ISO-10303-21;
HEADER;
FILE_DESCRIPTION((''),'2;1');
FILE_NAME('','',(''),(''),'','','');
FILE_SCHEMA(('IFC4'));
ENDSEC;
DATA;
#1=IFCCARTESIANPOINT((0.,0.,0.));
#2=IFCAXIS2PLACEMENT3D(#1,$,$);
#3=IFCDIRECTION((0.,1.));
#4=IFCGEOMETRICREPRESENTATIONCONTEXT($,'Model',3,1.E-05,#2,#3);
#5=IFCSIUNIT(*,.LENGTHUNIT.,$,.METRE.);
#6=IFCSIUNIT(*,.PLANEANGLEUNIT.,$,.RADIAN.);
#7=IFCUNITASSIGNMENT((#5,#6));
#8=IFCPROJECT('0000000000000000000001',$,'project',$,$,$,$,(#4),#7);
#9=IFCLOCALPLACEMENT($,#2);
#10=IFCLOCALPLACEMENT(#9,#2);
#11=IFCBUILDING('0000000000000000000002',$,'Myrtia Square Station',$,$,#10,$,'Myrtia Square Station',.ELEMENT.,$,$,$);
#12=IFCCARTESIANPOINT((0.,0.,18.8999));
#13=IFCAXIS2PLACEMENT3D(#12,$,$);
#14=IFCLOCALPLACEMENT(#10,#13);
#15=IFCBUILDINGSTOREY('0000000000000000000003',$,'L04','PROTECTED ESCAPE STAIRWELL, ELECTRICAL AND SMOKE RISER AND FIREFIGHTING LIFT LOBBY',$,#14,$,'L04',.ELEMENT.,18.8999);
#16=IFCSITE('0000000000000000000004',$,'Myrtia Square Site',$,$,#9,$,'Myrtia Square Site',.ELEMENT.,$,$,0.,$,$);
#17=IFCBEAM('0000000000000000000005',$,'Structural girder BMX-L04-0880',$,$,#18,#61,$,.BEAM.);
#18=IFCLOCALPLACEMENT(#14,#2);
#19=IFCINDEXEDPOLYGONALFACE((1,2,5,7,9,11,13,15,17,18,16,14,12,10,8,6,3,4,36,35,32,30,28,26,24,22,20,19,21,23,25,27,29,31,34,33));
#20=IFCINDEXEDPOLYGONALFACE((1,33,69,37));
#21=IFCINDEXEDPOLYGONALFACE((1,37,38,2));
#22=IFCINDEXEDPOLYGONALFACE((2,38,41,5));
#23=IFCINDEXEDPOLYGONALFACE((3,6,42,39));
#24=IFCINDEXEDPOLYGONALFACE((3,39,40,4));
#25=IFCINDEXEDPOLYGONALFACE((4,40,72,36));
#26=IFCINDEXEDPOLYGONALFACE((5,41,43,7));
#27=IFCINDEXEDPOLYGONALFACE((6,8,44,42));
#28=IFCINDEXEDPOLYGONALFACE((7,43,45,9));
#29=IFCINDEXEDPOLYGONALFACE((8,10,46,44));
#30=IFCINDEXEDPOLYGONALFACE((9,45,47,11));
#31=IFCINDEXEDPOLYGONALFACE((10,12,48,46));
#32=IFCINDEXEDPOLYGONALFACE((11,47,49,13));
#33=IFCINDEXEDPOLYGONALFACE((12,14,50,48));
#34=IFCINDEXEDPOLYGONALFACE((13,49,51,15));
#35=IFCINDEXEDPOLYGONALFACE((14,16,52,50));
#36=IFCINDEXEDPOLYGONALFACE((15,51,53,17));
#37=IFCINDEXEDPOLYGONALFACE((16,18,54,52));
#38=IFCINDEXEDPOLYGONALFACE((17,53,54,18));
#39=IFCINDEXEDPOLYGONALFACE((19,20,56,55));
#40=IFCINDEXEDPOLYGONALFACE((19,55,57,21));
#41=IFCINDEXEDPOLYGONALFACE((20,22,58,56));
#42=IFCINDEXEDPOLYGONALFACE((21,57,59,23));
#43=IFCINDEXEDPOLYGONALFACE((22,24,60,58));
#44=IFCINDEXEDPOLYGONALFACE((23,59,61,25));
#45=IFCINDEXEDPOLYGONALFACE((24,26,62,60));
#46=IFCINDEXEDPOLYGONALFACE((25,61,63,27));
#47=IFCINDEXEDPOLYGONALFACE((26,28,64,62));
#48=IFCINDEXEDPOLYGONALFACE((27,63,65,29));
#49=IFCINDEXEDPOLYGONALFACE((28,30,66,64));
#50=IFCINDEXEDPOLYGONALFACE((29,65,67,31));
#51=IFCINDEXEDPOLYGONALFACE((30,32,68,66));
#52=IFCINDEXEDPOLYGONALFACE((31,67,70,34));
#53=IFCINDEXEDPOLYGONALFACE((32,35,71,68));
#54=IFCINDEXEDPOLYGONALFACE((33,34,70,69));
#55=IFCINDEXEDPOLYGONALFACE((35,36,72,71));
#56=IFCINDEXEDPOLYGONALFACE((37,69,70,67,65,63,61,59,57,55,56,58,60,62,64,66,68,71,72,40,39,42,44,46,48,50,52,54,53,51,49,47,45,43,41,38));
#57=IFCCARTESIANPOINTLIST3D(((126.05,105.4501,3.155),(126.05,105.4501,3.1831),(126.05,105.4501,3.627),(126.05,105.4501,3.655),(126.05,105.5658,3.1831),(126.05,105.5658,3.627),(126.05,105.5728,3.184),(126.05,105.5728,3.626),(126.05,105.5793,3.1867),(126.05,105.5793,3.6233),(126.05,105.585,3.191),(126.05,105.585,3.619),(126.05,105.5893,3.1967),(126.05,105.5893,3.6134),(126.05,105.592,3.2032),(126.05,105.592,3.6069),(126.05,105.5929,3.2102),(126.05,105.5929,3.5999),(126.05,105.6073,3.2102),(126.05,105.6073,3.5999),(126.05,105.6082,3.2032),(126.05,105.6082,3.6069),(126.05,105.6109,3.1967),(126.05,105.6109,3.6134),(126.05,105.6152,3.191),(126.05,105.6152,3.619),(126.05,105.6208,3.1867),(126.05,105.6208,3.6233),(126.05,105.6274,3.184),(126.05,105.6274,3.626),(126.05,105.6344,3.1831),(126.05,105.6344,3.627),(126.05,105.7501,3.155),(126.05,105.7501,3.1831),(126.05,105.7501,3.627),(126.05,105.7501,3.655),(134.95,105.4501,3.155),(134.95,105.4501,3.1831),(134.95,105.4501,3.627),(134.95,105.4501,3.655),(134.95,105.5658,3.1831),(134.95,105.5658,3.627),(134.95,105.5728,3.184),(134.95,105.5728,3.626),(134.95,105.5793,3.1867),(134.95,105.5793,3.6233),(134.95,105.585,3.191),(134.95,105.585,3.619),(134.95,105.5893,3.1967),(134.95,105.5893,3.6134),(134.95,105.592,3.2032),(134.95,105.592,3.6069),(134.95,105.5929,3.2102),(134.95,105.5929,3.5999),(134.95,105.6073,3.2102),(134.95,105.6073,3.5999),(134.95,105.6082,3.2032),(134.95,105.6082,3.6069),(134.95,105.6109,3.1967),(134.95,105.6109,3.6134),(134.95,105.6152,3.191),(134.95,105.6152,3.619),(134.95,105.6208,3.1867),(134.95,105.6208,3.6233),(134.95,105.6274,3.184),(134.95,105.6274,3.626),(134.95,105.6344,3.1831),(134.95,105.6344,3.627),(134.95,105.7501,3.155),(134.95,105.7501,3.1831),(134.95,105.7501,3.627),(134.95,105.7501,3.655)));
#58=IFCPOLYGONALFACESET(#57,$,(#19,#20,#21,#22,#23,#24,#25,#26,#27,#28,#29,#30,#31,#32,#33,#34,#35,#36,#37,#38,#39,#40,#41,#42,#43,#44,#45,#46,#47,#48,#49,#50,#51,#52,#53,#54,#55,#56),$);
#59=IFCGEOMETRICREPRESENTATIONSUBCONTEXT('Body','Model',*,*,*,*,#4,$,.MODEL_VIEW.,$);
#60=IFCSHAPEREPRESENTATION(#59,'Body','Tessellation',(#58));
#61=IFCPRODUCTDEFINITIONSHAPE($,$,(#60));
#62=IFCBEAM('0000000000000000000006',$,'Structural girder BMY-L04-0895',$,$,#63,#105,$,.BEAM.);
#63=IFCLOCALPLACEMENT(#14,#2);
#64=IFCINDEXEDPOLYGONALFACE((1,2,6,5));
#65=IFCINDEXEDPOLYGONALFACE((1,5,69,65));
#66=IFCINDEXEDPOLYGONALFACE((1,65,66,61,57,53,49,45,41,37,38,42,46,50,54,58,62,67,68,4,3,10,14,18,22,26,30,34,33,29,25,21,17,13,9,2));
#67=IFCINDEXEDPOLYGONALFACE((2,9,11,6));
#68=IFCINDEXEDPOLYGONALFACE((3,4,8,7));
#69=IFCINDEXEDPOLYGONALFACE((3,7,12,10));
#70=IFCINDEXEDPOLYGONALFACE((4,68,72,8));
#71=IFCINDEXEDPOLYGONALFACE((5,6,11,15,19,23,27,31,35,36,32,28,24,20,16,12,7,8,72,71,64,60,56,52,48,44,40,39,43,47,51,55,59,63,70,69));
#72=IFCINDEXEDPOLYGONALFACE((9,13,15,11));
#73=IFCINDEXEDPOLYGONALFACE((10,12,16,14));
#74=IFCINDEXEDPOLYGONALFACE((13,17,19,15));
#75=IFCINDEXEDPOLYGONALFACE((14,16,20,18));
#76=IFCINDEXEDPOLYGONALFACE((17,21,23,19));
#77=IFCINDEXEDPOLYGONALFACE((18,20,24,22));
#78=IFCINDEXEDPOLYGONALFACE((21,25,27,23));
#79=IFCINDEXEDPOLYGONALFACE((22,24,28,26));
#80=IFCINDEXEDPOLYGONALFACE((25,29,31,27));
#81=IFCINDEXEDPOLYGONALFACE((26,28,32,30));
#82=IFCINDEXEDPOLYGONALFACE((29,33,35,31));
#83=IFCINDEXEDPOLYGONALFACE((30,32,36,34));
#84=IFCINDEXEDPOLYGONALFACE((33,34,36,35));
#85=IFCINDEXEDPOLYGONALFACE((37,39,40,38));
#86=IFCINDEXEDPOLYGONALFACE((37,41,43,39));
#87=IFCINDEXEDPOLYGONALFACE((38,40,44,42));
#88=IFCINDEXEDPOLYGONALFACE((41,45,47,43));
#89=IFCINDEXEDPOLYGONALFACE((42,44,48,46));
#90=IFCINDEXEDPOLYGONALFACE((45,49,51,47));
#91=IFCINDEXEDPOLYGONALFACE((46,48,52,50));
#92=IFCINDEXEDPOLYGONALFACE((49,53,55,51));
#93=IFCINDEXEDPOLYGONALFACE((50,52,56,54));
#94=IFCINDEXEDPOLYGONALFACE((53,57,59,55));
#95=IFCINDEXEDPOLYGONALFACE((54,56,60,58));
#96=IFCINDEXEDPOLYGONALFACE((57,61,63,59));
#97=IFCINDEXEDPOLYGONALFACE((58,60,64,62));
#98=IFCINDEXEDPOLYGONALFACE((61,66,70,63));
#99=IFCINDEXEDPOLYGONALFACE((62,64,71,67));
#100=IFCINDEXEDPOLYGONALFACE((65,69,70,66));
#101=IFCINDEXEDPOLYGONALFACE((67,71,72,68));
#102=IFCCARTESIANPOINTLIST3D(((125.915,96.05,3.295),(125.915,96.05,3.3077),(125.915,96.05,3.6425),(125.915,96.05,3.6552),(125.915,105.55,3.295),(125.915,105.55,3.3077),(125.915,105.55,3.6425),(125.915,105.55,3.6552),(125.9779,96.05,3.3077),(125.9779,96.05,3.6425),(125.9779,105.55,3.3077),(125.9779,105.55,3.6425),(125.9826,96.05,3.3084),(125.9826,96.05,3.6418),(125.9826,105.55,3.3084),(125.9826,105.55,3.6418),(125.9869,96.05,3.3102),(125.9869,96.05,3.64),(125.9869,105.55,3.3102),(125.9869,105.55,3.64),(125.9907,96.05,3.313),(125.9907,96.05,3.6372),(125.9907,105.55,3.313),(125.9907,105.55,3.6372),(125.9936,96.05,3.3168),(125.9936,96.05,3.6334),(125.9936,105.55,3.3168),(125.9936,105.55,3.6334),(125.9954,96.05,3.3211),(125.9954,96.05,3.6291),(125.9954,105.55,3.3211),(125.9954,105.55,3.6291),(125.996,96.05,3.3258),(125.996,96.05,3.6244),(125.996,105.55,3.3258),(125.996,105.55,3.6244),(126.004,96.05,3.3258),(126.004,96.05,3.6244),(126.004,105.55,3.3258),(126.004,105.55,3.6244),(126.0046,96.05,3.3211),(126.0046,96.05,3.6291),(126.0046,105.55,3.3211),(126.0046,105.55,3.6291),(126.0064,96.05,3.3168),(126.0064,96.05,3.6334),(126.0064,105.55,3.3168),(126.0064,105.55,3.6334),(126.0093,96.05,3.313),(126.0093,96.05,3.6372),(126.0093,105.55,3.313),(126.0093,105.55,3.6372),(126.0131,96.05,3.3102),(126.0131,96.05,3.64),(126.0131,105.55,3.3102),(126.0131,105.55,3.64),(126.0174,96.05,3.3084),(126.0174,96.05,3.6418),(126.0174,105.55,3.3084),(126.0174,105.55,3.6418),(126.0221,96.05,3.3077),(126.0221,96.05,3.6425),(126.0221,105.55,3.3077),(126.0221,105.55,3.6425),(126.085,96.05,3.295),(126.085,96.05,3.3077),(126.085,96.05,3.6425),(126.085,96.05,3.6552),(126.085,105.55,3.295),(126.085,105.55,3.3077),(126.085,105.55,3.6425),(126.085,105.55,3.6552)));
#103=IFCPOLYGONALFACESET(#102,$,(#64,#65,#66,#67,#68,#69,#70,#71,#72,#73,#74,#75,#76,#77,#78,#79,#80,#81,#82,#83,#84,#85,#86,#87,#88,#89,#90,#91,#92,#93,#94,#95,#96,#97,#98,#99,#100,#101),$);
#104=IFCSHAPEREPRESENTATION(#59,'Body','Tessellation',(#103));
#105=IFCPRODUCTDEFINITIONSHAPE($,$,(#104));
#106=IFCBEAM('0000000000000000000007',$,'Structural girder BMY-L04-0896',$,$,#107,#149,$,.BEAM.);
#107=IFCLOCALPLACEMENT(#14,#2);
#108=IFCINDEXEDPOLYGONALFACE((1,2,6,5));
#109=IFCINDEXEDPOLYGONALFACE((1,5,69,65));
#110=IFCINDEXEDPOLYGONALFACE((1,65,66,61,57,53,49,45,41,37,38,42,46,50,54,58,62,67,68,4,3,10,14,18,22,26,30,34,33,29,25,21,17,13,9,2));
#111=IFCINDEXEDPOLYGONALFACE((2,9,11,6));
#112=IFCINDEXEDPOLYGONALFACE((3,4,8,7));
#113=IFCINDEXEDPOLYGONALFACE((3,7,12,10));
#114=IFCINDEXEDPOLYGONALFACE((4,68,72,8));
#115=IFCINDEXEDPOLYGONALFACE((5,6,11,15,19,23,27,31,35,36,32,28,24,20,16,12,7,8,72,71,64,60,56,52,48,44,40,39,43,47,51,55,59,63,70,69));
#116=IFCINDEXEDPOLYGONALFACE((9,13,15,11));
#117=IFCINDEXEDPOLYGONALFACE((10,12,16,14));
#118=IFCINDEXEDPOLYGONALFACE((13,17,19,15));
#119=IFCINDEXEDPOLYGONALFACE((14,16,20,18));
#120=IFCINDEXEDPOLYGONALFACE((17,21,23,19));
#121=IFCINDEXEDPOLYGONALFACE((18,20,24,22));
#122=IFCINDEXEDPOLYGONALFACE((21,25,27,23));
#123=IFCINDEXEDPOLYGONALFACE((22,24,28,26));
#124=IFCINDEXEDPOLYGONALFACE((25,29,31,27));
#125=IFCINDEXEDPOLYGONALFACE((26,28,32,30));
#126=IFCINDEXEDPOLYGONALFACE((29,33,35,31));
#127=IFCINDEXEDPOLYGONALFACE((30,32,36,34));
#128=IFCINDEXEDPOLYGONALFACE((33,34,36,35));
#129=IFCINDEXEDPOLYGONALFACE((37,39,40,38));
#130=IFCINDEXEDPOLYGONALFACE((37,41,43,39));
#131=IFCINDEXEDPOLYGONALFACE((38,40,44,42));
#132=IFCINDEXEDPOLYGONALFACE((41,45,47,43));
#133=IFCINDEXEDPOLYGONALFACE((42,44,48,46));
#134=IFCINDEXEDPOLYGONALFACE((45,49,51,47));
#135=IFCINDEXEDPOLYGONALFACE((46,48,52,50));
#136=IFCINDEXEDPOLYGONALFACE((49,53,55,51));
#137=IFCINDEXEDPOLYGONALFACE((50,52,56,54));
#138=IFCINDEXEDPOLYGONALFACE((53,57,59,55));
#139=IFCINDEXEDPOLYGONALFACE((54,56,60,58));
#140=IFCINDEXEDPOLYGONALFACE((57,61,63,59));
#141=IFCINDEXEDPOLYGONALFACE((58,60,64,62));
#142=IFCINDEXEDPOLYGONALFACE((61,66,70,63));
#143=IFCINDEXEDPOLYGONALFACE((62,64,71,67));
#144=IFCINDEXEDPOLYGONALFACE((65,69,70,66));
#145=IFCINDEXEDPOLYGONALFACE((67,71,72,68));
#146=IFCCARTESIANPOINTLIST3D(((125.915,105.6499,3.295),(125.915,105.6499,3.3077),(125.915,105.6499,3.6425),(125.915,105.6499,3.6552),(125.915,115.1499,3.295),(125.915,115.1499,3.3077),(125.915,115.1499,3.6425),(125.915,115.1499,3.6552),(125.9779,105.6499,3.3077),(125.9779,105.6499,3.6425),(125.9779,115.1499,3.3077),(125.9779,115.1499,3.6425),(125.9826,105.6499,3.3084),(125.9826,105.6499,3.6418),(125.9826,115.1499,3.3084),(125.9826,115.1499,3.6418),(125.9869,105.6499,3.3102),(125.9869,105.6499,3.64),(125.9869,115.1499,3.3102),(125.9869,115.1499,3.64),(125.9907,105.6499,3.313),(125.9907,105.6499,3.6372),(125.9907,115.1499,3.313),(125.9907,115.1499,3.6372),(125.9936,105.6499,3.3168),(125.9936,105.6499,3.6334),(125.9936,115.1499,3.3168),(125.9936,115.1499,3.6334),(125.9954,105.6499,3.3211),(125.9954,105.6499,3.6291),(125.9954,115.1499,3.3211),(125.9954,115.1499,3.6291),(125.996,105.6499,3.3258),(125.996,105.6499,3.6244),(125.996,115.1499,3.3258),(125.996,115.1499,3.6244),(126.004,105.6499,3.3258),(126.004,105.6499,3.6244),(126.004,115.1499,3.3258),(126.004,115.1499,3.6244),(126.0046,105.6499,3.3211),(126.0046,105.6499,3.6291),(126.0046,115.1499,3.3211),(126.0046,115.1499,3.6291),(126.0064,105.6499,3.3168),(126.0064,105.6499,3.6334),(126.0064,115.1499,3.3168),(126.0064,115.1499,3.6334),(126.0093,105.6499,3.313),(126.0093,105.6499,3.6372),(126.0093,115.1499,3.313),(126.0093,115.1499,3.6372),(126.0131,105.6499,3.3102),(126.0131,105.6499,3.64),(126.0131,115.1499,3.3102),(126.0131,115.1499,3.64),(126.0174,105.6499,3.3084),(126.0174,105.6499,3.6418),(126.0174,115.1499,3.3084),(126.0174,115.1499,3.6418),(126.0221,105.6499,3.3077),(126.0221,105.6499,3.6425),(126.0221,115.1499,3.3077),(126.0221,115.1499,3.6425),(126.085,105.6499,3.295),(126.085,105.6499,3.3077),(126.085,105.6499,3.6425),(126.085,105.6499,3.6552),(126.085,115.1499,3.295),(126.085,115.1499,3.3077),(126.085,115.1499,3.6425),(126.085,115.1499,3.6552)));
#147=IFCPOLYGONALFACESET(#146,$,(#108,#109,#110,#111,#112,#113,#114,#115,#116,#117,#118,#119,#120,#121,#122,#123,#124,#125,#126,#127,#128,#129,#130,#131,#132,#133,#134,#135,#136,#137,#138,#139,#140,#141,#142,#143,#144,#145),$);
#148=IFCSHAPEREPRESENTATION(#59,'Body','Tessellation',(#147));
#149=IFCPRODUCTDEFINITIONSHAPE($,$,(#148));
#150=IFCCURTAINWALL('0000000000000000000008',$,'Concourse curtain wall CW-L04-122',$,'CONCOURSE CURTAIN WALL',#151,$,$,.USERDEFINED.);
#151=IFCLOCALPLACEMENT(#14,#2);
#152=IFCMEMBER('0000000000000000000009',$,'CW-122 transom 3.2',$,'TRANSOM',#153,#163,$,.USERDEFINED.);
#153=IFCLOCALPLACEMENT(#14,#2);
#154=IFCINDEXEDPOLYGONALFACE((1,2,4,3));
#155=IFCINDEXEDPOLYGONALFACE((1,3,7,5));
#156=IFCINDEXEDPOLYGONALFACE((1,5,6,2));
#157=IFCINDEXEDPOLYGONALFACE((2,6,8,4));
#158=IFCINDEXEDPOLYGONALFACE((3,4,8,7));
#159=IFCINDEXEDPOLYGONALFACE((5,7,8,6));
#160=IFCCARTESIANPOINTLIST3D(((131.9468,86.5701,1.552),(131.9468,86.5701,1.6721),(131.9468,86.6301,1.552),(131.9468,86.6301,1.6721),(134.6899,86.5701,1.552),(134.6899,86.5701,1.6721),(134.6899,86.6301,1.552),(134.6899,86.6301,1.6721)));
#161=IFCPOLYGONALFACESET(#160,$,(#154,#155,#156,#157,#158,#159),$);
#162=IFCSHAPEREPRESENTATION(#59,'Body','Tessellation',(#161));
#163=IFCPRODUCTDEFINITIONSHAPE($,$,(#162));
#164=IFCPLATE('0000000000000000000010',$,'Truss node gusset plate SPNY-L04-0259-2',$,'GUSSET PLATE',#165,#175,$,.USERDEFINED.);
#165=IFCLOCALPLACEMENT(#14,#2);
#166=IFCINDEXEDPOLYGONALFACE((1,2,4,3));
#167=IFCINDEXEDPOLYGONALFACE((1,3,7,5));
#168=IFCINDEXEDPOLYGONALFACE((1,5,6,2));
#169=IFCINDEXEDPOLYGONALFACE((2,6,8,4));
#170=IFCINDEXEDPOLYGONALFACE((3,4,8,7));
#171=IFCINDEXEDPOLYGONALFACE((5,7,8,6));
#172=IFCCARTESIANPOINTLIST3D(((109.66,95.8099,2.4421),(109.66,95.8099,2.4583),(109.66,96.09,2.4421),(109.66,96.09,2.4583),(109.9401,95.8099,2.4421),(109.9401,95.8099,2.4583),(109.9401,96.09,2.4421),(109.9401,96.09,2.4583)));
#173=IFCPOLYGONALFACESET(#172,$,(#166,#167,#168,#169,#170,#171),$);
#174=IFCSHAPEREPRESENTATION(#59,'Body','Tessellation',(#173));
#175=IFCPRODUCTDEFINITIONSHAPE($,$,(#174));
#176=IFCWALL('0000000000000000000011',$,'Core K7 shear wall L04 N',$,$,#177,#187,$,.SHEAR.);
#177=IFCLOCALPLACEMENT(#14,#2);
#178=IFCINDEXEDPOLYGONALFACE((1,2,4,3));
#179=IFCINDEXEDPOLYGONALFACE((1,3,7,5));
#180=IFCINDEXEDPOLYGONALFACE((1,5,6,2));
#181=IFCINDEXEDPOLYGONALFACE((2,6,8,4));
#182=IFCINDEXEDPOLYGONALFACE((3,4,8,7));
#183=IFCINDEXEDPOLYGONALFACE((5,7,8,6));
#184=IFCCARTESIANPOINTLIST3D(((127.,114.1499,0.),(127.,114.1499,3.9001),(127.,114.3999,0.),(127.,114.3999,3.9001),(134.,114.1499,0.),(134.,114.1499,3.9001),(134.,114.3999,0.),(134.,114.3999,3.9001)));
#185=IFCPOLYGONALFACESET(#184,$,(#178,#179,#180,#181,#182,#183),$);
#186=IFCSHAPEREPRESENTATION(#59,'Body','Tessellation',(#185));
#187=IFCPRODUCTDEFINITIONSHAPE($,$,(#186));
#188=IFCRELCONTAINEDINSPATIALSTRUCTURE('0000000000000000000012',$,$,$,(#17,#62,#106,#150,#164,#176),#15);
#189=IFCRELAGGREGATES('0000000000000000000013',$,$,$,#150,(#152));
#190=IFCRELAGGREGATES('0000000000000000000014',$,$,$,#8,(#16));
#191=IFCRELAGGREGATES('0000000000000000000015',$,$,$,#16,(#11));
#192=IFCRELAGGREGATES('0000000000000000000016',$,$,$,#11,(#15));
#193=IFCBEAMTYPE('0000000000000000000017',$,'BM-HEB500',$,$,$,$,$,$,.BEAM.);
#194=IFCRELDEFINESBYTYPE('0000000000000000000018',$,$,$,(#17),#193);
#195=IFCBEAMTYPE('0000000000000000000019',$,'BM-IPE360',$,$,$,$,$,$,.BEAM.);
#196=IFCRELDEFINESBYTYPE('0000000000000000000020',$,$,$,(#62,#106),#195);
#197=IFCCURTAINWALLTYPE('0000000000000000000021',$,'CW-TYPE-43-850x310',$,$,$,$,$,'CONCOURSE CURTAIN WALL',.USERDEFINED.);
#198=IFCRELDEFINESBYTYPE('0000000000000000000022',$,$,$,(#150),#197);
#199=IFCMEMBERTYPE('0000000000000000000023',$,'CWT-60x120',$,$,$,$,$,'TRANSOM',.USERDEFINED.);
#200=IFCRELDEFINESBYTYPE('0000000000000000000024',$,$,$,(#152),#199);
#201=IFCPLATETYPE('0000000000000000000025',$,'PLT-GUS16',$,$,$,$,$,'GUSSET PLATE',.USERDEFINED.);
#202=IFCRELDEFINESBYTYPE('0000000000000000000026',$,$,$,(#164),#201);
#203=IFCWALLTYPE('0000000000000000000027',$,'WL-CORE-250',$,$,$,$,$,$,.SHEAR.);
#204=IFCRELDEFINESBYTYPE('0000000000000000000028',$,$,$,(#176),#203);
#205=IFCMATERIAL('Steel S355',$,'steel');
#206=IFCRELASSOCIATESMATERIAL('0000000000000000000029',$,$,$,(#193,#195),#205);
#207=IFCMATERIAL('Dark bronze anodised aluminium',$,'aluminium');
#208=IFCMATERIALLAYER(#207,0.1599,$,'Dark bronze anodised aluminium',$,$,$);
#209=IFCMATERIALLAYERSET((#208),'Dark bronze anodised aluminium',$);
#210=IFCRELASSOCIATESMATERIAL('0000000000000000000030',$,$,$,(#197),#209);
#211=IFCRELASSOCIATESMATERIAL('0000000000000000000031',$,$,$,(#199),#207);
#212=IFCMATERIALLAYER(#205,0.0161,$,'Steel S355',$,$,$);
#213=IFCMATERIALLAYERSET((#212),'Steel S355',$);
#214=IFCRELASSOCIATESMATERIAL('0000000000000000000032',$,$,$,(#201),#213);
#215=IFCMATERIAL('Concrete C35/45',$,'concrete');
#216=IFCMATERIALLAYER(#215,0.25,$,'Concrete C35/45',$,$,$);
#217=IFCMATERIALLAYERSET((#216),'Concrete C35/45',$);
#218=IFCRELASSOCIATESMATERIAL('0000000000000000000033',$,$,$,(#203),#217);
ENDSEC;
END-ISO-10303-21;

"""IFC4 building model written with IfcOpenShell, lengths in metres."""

from ifc_helpers import new_model, si_unit, direction, frame, frame_2d, origin, origin_2d, place, context, subcontext, project, spatial, rectangle, i_section, extrude, material, layer, layer_set, material_profile, profile_set, type_object, element, aggregate, save


model = new_model("IFC4")

# Units and contexts
model_context = context("Model", 3, precision=1e-05, world=origin(), true_north=direction((0.0, 1.0)))
body_context = subcontext(model_context, "Body", "Model", "MODEL_VIEW")
ifc_project = project(units=[si_unit("LENGTHUNIT", "METRE"), si_unit("PLANEANGLEUNIT", "RADIAN")], contexts=[model_context])

# Site, building, storey
site_placement = place(None, origin())
site = spatial("IfcSite", under=ifc_project, at=site_placement, Name="Myrtia Square Site", LongName="Myrtia Square Site", CompositionType="ELEMENT", RefElevation=0.0)
building_placement = place(site_placement, origin())
building = spatial("IfcBuilding", under=site, at=building_placement, Name="Myrtia Square Station", LongName="Myrtia Square Station", CompositionType="ELEMENT")
storey_placement = place(building_placement, frame((0.0, 0.0, 18.8999)))
storey = spatial("IfcBuildingStorey", under=building, at=storey_placement, Name="L04", Description="PROTECTED ESCAPE STAIRWELL, ELECTRICAL AND SMOKE RISER AND FIREFIGHTING LIFT LOBBY", LongName="L04", CompositionType="ELEMENT", Elevation=18.8999)

# Shared definitions
ifc_material_1 = material(Name="Steel S355", Category="steel")

# Beams
ifc_material_profile_1 = material_profile(ifc_material_1, i_section(OverallWidth=0.3, OverallDepth=0.5, WebThickness=0.0144, FlangeThickness=0.0281, FilletRadius=0.0271, at=origin_2d()), Name="HEB 500")
ifc_profile_set_1 = profile_set([ifc_material_profile_1], Name="Steel S355")
beam_type_1 = type_object("IfcBeamType", Name="BM-HEB500", PredefinedType="BEAM", material=ifc_profile_set_1)
beam_1_placement = place(storey_placement, frame((126.05, 105.6001, 3.405), z_axis=(1.0, 0.0, 0.0), x_axis=(0.0, 1.0, 0.0)))
element("IfcBeam", 1, at=beam_1_placement, inside=storey, type_object=beam_type_1, Name="Structural girder BMX-L04-0880", PredefinedType="BEAM", context=body_context, shape_type="SweptSolid", body=[
    extrude(i_section(OverallWidth=0.3, OverallDepth=0.5, WebThickness=0.0144, FlangeThickness=0.0281, FilletRadius=0.0271, at=origin_2d()), origin(), (0.0, 0.0, 1.0), 8.8999),
])
ifc_material_profile_2 = material_profile(ifc_material_1, i_section(OverallWidth=0.1699, OverallDepth=0.3601, WebThickness=0.0081, FlangeThickness=0.0127, FilletRadius=0.0181, at=origin_2d()), Name="IPE 360")
ifc_profile_set_2 = profile_set([ifc_material_profile_2], Name="Steel S355")
beam_type_2 = type_object("IfcBeamType", Name="BM-IPE360", PredefinedType="BEAM", material=ifc_profile_set_2)
for number, where, z_axis, x_axis, name in (
    (2, (126.0, 96.05, 3.4751), (0.0, 1.0, 0.0), (-1.0, 0.0, 0.0), "Structural girder BMY-L04-0895"),
    (3, (126.0, 105.6499, 3.4751), (0.0, 1.0, 0.0), (-1.0, 0.0, 0.0), "Structural girder BMY-L04-0896"),
):
    element("IfcBeam", number, at=place(storey_placement, frame(where, z_axis=z_axis, x_axis=x_axis)), inside=storey, type_object=beam_type_2, Name=name, PredefinedType="BEAM", context=body_context, shape_type="SweptSolid", body=[
        extrude(i_section(OverallWidth=0.1699, OverallDepth=0.3601, WebThickness=0.0081, FlangeThickness=0.0127, FilletRadius=0.0181, at=origin_2d()), origin(), (0.0, 0.0, 1.0), 9.5),
    ])

# Curtain wall, member
ifc_material_2 = material(Name="Dark bronze anodised aluminium", Category="aluminium")
ifc_layer_1 = layer(ifc_material_2, 0.1599, Name="Dark bronze anodised aluminium")
ifc_layer_set_1 = layer_set([ifc_layer_1], Name="Dark bronze anodised aluminium")
curtain_wall_type = type_object("IfcCurtainWallType", Name="CW-TYPE-43-850x310", ElementType="CONCOURSE CURTAIN WALL", PredefinedType="USERDEFINED", material=ifc_layer_set_1)
curtain_wall_placement = place(storey_placement, origin())
curtain_wall = element("IfcCurtainWall", 4, at=curtain_wall_placement, inside=storey, type_object=curtain_wall_type, Name="Concourse curtain wall CW-L04-122", ObjectType="CONCOURSE CURTAIN WALL", PredefinedType="USERDEFINED")
ifc_material_profile_3 = material_profile(ifc_material_2, rectangle(XDim=0.0601, YDim=0.1201, at=origin_2d()), Name="ALU-T 60x120")
ifc_profile_set_3 = profile_set([ifc_material_profile_3], Name="Dark bronze anodised aluminium")
member_type = type_object("IfcMemberType", Name="CWT-60x120", ElementType="TRANSOM", PredefinedType="USERDEFINED", material=ifc_profile_set_3)
member_placement = place(storey_placement, frame((131.9468, 86.6001, 1.6121), z_axis=(1.0, 0.0, 0.0), x_axis=(0.0, 1.0, 0.0)))
member = element("IfcMember", 5, at=member_placement, type_object=member_type, Name="CW-122 transom 3.2", ObjectType="TRANSOM", PredefinedType="USERDEFINED", context=body_context, shape_type="SweptSolid", body=[
    extrude(rectangle(XDim=0.0601, YDim=0.1201, at=origin_2d()), origin(), (0.0, 0.0, 1.0), 2.7432),
])
aggregate(curtain_wall, [member])

# Plate
ifc_layer_2 = layer(ifc_material_1, 0.0161, Name="Steel S355")
ifc_layer_set_2 = layer_set([ifc_layer_2], Name="Steel S355")
plate_type = type_object("IfcPlateType", Name="PLT-GUS16", ElementType="GUSSET PLATE", PredefinedType="USERDEFINED", material=ifc_layer_set_2)
plate_placement = place(storey_placement, frame((109.8, 95.95, 2.4421), z_axis=(0.0, 0.0, 1.0), x_axis=(0.0, 1.0, 0.0)))
element("IfcPlate", 6, at=plate_placement, inside=storey, type_object=plate_type, Name="Truss node gusset plate SPNY-L04-0259-2", ObjectType="GUSSET PLATE", PredefinedType="USERDEFINED", context=body_context, shape_type="SweptSolid", body=[
    extrude(rectangle(XDim=0.28, YDim=0.28, at=origin_2d()), origin(), (0.0, 0.0, 1.0), 0.0161),
])

# Shared definitions
ifc_material_3 = material(Name="Concrete C35/45", Category="concrete")
ifc_layer_3 = layer(ifc_material_3, 0.25, Name="Concrete C35/45")
ifc_layer_set_3 = layer_set([ifc_layer_3], Name="Concrete C35/45")
wall_type_1 = type_object("IfcWallType", Name="WL-CORE-250", PredefinedType="SHEAR", material=ifc_layer_set_3)

# Wall
wall_1_placement = place(storey_placement, frame((127.0, 114.2749, 0.0), z_axis=(0.0, 0.0, 1.0), x_axis=(1.0, 0.0, 0.0)))
element("IfcWall", 7, at=wall_1_placement, inside=storey, type_object=wall_type_1, Name="Core K7 shear wall L04 N", PredefinedType="SHEAR", context=body_context, shape_type="SweptSolid", body=[
    extrude(rectangle(XDim=7.0, YDim=0.25, at=frame_2d((3.5, 0.0))), origin(), (0.0, 0.0, 1.0), 3.9001),
])

save(model, "model.ifc")
